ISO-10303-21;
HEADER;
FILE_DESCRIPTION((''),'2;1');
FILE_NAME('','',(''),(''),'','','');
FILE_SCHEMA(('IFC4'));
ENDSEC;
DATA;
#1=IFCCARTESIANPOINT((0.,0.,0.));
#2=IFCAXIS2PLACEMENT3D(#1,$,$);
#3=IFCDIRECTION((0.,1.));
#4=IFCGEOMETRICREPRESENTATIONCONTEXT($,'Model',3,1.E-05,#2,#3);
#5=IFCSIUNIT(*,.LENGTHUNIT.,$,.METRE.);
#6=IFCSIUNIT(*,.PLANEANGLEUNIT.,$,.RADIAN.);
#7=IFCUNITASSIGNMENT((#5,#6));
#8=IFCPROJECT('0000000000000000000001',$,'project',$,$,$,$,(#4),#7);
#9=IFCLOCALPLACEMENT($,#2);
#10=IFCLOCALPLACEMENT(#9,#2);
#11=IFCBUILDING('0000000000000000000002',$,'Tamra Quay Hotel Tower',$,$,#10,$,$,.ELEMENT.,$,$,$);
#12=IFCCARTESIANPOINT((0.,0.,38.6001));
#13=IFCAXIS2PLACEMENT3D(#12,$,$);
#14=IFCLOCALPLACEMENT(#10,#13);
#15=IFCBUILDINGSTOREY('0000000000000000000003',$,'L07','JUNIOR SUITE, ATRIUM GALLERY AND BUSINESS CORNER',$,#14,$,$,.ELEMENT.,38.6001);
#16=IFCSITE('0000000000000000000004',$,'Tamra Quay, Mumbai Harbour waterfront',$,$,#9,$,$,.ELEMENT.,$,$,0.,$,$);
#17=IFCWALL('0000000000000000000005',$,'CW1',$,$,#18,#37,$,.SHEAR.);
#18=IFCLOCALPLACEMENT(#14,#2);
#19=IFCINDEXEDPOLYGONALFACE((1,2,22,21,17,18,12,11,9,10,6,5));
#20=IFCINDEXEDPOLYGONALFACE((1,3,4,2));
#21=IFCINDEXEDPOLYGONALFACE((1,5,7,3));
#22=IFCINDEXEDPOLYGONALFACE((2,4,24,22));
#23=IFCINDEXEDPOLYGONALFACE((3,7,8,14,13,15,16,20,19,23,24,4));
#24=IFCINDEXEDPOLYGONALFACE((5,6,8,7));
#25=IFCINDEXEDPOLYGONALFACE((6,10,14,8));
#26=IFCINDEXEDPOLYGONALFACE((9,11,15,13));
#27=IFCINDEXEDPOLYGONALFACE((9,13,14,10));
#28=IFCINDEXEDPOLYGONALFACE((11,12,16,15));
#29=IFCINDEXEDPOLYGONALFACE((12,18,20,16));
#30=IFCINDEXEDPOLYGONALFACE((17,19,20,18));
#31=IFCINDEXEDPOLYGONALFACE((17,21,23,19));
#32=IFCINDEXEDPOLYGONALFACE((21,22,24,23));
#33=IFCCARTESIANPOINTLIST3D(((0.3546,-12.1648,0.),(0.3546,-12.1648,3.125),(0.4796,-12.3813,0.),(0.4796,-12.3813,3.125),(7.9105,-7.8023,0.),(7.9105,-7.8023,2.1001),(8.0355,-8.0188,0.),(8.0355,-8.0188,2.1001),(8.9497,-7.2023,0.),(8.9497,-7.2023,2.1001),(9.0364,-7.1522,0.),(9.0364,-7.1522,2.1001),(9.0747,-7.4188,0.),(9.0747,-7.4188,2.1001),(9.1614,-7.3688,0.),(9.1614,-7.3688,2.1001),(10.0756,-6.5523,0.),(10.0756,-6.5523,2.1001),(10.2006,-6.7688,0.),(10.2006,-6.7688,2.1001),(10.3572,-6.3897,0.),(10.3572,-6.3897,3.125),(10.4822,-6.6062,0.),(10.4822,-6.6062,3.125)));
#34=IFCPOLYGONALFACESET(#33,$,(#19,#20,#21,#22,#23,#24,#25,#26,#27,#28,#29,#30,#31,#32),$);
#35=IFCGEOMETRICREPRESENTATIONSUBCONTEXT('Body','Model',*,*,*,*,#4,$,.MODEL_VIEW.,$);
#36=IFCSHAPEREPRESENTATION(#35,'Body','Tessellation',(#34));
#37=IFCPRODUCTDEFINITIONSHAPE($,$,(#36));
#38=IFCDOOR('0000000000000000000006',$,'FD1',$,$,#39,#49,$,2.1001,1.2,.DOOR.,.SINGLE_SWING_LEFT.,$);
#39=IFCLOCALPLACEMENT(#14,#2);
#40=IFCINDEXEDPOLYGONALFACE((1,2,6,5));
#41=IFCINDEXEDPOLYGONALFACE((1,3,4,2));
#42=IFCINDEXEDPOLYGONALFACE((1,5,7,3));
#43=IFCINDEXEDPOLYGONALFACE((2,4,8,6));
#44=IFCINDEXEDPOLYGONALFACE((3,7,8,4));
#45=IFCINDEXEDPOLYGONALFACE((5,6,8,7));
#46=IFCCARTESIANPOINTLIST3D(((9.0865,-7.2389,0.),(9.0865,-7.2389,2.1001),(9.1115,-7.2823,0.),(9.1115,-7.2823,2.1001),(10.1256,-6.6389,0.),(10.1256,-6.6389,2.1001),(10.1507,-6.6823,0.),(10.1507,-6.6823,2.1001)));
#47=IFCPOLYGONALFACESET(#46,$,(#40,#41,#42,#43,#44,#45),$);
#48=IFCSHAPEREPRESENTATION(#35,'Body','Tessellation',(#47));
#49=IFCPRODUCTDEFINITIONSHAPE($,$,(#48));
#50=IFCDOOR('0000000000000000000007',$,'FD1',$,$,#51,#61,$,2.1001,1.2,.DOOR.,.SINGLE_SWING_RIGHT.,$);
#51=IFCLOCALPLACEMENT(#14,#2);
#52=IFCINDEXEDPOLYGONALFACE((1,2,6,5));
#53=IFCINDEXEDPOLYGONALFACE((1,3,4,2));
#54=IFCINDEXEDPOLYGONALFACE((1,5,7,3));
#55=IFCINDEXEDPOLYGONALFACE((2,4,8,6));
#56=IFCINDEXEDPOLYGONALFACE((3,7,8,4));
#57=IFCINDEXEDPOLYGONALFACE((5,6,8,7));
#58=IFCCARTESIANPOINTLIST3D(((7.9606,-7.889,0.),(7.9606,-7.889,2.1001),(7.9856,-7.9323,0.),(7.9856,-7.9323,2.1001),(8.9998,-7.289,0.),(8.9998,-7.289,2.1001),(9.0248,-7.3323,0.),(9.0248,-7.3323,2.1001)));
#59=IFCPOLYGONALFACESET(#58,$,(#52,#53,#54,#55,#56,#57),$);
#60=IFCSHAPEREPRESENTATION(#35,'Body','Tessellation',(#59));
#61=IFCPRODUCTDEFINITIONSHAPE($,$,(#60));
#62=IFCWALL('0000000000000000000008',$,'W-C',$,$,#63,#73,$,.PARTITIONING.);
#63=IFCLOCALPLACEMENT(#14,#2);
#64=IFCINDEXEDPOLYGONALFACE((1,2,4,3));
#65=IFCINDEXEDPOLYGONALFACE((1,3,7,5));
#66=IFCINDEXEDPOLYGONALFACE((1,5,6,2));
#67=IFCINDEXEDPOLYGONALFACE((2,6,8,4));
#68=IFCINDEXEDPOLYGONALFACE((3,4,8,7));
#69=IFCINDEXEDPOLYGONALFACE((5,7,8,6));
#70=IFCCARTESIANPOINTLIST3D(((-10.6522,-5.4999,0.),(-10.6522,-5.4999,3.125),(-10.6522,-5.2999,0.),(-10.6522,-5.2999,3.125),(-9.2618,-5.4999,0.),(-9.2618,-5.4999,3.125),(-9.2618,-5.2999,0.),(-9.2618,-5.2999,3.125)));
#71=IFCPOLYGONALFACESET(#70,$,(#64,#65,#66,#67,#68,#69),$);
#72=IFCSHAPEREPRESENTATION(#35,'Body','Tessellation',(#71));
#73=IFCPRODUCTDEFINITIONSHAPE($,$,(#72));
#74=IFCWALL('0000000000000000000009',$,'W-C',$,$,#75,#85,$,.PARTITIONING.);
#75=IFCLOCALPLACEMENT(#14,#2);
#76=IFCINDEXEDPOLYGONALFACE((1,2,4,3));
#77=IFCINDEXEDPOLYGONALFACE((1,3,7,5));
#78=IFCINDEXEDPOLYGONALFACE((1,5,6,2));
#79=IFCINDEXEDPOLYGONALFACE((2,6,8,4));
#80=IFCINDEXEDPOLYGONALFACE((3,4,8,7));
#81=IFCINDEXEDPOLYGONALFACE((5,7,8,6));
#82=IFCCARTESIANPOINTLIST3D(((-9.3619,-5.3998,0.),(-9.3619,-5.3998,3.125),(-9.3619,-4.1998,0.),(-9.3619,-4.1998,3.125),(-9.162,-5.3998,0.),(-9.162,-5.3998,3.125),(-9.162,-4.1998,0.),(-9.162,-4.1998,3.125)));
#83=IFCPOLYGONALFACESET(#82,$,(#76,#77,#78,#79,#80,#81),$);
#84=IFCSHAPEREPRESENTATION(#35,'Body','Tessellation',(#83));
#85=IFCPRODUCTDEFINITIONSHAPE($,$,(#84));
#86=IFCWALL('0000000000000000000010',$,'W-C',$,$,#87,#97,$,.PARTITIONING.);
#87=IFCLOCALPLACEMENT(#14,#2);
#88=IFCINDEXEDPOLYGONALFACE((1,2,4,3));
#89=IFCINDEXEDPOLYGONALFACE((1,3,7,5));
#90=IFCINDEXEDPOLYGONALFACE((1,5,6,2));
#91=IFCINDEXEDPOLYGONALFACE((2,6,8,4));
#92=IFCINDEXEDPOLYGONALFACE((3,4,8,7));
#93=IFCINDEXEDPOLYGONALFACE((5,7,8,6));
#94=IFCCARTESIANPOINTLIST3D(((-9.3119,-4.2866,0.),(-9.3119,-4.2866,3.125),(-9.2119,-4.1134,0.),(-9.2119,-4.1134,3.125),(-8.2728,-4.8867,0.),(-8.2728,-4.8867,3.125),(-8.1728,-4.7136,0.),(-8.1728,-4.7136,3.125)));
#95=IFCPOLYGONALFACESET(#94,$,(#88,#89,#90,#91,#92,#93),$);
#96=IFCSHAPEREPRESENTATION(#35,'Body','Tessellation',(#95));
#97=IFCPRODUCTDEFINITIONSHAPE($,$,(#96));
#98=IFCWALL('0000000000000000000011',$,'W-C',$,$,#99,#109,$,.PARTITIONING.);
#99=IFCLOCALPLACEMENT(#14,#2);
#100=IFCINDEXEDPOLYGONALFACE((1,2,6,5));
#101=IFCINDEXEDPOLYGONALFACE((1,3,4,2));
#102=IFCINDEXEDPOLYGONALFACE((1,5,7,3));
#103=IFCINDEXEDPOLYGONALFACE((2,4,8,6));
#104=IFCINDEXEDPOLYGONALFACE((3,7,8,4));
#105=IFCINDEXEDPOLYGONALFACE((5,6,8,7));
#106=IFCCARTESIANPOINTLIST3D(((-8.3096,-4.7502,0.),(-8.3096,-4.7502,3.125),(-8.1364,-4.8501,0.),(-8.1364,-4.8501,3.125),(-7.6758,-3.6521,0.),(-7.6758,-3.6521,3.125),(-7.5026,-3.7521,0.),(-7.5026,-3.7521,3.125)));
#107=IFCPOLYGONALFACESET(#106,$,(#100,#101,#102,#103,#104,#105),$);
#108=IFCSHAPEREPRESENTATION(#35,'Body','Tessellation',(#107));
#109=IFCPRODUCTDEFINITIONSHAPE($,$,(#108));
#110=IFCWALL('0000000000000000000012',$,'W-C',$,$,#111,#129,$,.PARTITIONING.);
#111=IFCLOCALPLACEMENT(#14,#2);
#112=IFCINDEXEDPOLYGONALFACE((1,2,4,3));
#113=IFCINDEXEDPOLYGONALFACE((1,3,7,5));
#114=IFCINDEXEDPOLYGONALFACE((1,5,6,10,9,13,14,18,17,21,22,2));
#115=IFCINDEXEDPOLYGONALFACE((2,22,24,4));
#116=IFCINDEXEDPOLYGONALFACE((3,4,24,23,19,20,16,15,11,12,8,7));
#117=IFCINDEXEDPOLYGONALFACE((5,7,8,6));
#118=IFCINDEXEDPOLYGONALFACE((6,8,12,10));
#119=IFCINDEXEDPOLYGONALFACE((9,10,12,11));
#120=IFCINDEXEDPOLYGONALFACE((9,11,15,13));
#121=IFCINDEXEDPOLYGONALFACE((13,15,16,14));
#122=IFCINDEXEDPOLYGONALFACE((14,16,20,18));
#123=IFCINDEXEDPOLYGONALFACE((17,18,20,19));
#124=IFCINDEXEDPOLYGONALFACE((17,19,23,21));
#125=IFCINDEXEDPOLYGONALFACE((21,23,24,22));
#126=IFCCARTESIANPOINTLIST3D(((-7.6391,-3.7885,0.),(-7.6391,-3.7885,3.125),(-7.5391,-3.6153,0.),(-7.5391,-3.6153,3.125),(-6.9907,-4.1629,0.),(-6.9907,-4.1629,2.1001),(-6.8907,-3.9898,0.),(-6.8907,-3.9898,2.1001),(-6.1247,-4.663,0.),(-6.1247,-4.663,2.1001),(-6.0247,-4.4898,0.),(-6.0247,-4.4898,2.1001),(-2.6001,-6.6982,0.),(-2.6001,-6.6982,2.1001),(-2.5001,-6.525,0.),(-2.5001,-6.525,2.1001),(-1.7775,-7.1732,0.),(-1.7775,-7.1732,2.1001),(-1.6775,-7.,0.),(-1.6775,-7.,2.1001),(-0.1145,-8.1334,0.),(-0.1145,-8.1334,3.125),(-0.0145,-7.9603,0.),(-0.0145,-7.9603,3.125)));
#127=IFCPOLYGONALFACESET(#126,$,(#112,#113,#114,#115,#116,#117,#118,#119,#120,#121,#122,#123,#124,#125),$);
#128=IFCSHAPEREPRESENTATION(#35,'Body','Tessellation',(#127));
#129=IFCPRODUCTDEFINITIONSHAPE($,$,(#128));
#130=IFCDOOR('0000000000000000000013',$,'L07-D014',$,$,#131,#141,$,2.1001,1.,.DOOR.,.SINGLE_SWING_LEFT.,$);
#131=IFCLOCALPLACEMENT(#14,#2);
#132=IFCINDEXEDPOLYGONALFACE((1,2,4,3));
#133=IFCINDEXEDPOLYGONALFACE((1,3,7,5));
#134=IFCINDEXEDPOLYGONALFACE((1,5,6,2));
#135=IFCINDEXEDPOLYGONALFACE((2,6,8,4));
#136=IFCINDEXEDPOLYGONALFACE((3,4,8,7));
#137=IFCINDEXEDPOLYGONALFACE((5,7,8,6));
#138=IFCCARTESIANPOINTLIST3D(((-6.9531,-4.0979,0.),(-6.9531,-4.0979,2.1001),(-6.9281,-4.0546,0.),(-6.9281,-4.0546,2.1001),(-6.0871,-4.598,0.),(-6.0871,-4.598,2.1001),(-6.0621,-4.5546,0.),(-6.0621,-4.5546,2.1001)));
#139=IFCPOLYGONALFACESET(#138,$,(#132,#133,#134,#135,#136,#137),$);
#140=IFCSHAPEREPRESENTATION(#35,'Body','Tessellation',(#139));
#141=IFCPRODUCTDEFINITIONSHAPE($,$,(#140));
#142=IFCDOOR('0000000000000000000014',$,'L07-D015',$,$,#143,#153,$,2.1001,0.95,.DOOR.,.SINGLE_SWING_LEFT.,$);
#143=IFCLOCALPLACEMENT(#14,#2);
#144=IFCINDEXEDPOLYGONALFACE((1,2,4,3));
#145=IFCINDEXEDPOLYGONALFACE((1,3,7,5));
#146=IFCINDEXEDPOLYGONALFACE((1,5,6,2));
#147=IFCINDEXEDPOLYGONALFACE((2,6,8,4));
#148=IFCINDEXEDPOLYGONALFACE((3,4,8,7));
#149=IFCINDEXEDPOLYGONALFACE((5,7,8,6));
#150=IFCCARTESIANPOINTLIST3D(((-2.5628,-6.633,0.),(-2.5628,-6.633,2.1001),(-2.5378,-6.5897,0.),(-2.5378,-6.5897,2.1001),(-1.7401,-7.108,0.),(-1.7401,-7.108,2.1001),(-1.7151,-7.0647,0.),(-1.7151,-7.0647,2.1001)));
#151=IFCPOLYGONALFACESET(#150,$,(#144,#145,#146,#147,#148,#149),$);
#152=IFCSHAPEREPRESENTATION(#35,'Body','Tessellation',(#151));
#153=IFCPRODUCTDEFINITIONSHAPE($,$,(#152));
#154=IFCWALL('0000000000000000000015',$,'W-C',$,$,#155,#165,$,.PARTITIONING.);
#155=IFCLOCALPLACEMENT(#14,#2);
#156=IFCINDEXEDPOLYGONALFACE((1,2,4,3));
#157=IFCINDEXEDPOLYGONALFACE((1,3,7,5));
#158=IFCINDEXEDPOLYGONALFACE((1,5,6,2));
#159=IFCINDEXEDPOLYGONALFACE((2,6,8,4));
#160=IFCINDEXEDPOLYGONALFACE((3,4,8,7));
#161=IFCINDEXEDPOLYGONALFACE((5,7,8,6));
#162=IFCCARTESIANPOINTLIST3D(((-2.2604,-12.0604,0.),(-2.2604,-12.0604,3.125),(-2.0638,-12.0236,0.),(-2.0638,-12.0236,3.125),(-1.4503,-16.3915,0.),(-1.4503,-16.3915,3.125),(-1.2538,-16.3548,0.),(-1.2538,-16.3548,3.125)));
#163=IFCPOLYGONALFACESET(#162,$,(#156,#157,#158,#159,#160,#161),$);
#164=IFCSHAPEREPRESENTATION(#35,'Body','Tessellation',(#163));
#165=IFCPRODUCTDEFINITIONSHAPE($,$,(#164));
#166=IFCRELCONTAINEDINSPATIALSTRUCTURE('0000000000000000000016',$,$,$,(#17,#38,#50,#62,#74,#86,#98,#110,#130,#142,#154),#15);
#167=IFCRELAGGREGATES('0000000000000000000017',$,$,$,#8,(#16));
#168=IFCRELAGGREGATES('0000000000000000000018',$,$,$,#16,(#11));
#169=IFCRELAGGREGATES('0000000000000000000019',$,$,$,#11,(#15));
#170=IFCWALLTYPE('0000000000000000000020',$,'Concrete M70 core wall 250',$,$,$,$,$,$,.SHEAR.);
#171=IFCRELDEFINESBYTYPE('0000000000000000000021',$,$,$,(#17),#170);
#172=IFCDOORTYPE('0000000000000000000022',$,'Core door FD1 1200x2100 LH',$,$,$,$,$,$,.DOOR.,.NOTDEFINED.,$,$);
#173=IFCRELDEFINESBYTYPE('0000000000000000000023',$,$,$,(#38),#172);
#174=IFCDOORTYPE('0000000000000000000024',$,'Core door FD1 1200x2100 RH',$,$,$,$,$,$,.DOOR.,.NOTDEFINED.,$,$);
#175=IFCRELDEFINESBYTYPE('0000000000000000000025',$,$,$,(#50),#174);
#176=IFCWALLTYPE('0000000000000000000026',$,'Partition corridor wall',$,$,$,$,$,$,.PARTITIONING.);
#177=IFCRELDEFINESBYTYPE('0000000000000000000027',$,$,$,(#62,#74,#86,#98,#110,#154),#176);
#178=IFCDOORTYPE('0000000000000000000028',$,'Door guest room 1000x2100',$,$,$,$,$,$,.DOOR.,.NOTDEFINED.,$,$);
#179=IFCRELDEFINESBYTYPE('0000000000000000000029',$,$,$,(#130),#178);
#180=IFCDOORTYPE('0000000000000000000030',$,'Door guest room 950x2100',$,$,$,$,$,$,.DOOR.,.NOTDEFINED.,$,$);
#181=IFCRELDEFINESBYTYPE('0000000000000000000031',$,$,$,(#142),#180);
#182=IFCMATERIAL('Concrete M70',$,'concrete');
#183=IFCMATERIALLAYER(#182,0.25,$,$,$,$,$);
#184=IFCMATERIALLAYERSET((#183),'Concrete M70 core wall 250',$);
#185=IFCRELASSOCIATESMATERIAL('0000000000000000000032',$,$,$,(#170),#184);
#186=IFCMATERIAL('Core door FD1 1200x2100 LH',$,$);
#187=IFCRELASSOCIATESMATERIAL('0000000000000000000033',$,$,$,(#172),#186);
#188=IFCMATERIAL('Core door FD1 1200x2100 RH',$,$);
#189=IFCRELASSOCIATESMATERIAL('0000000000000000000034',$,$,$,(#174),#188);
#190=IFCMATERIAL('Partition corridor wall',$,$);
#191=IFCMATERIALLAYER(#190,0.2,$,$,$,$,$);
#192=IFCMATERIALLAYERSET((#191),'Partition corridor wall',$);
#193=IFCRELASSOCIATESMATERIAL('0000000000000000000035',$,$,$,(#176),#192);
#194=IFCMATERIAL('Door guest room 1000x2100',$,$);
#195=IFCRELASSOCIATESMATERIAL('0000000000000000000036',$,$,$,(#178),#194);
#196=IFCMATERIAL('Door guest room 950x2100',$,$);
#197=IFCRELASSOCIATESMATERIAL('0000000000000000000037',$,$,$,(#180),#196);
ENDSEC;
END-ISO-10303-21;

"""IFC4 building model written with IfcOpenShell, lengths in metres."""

from ifc_helpers import new_model, si_unit, direction, frame, frame_2d, origin, place, context, subcontext, project, spatial, rectangle, extrude, material, layer, layer_set, type_object, element, fill, save


model = new_model("IFC4")

# Units and contexts
model_context = context("Model", 3, precision=1e-05, world=origin(), true_north=direction((0.0, 1.0)))
body_context = subcontext(model_context, "Body", "Model", "MODEL_VIEW")
ifc_project = project(units=[si_unit("LENGTHUNIT", "METRE"), si_unit("PLANEANGLEUNIT", "RADIAN")], contexts=[model_context])

# Site, building, storey
site_placement = place(None, origin())
site = spatial("IfcSite", under=ifc_project, at=site_placement, Name="Tamra Quay, Mumbai Harbour waterfront", CompositionType="ELEMENT", RefElevation=0.0)
building_placement = place(site_placement, origin())
building = spatial("IfcBuilding", under=site, at=building_placement, Name="Tamra Quay Hotel Tower", CompositionType="ELEMENT")
storey_placement = place(building_placement, frame((0.0, 0.0, 38.6001)))
storey = spatial("IfcBuildingStorey", under=building, at=storey_placement, Name="L07", Description="JUNIOR SUITE, ATRIUM GALLERY AND BUSINESS CORNER", CompositionType="ELEMENT", Elevation=38.6001)

# Shared definitions
ifc_material_1 = material(Name="Concrete M70", Category="concrete")

# Shared definitions
ifc_layer_1 = layer(ifc_material_1, 0.25)
ifc_layer_set_1 = layer_set([ifc_layer_1], Name="Concrete M70 core wall 250")
wall_type_1 = type_object("IfcWallType", Name="Concrete M70 core wall 250", PredefinedType="SHEAR", material=ifc_layer_set_1)

# Wall, openings, doors
wall_1_placement = place(storey_placement, frame((0.4172, -12.2729, 0.0), z_axis=(0.0, 0.0, 1.0), x_axis=(0.866022, 0.500006, 0.0)))
wall_1 = element("IfcWall", 1, at=wall_1_placement, inside=storey, type_object=wall_type_1, Name="CW1", PredefinedType="SHEAR", context=body_context, shape_type="SweptSolid", body=[
    extrude(rectangle(XDim=11.55, YDim=0.25, at=frame_2d((5.7749, 0.0))), origin(), (0.0, 0.0, 1.0), 3.125),
])
opening_1_placement = place(wall_1_placement, frame((10.0247, 0.0, 0.0)))
opening_1 = element("IfcOpeningElement", 2, at=opening_1_placement, cuts=wall_1, PredefinedType="OPENING", context=body_context, shape_type="SweptSolid", body=[
    extrude(rectangle(XDim=1.2, YDim=2.1001, at=frame_2d((0.6001, 1.05))), frame((0.0, 0.135, 0.0), z_axis=(0.0, -1.0, 0.0), x_axis=(1.0, 0.0, 0.0)), (0.0, 0.0, 1.0), 0.27),
])
opening_2_placement = place(wall_1_placement, frame((8.7246, 0.0, 0.0)))
opening_2 = element("IfcOpeningElement", 3, at=opening_2_placement, cuts=wall_1, PredefinedType="OPENING", context=body_context, shape_type="SweptSolid", body=[
    extrude(rectangle(XDim=1.2, YDim=2.1001, at=frame_2d((0.6001, 1.05))), frame((0.0, 0.135, 0.0), z_axis=(0.0, -1.0, 0.0), x_axis=(1.0, 0.0, 0.0)), (0.0, 0.0, 1.0), 0.27),
])
ifc_material_2 = material(Name="Core door FD1 1200x2100 LH")
door_type_1 = type_object("IfcDoorType", Name="Core door FD1 1200x2100 LH", OperationType="NOTDEFINED", PredefinedType="DOOR", material=ifc_material_2)
door_1_placement = place(opening_1_placement, origin())
door_1 = element("IfcDoor", 4, at=door_1_placement, inside=storey, type_object=door_type_1, Name="FD1", OperationType="SINGLE_SWING_LEFT", OverallHeight=2.1001, OverallWidth=1.2, PredefinedType="DOOR", context=body_context, shape_type="SweptSolid", body=[
    extrude(rectangle(XDim=1.2, YDim=2.1001, at=frame_2d((0.6001, 1.05))), frame((0.0, 0.0249, 0.0), z_axis=(0.0, -1.0, 0.0), x_axis=(1.0, 0.0, 0.0)), (0.0, 0.0, 1.0), 0.05),
])
fill(opening_1, door_1)
ifc_material_3 = material(Name="Core door FD1 1200x2100 RH")
door_type_2 = type_object("IfcDoorType", Name="Core door FD1 1200x2100 RH", OperationType="NOTDEFINED", PredefinedType="DOOR", material=ifc_material_3)
door_2_placement = place(opening_2_placement, origin())
door_2 = element("IfcDoor", 5, at=door_2_placement, inside=storey, type_object=door_type_2, Name="FD1", OperationType="SINGLE_SWING_RIGHT", OverallHeight=2.1001, OverallWidth=1.2, PredefinedType="DOOR", context=body_context, shape_type="SweptSolid", body=[
    extrude(rectangle(XDim=1.2, YDim=2.1001, at=frame_2d((0.6001, 1.05))), frame((0.0, 0.0249, 0.0), z_axis=(0.0, -1.0, 0.0), x_axis=(1.0, 0.0, 0.0)), (0.0, 0.0, 1.0), 0.05),
])
fill(opening_2, door_2)

# Walls
ifc_material_4 = material(Name="Partition corridor wall")
ifc_layer_2 = layer(ifc_material_4, 0.2)
ifc_layer_set_2 = layer_set([ifc_layer_2], Name="Partition corridor wall")
wall_type_2 = type_object("IfcWallType", Name="Partition corridor wall", PredefinedType="PARTITIONING", material=ifc_layer_set_2)
wall_2_placement = place(storey_placement, frame((-10.6523, -5.3999, 0.0), z_axis=(0.0, 0.0, 1.0), x_axis=(1.0, 0.0, 0.0)))
element("IfcWall", 6, at=wall_2_placement, inside=storey, type_object=wall_type_2, Name="W-C", PredefinedType="PARTITIONING", context=body_context, shape_type="SweptSolid", body=[
    extrude(rectangle(XDim=1.3904, YDim=0.2, at=frame_2d((0.6953, 0.0))), origin(), (0.0, 0.0, 1.0), 3.125),
])
for number, where, z_axis, x_axis, name in (
    (7, (-9.262, -5.3999, 0.0), (0.0, 0.0, 1.0), (0.0, 1.0, 0.0), "W-C"),
    (8, (-9.262, -4.2, 0.0), (0.0, 0.0, 1.0), (0.865955, -0.500122, 0.0), "W-C"),
):
    element("IfcWall", number, at=place(storey_placement, frame(where, z_axis=z_axis, x_axis=x_axis)), inside=storey, type_object=wall_type_2, Name=name, PredefinedType="PARTITIONING", context=body_context, shape_type="SweptSolid", body=[
        extrude(rectangle(XDim=1.2, YDim=0.2, at=frame_2d((0.6001, 0.0))), origin(), (0.0, 0.0, 1.0), 3.125),
    ])
wall_3_placement = place(storey_placement, frame((-8.2229, -4.8, 0.0), z_axis=(0.0, 0.0, 1.0), x_axis=(0.499867, 0.866102, 0.0)))
element("IfcWall", 9, at=wall_3_placement, inside=storey, type_object=wall_type_2, Name="W-C", PredefinedType="PARTITIONING", context=body_context, shape_type="SweptSolid", body=[
    extrude(rectangle(XDim=1.2678, YDim=0.2, at=frame_2d((0.6338, 0.0))), origin(), (0.0, 0.0, 1.0), 3.125),
])

# Wall, openings, doors
wall_4_placement = place(storey_placement, frame((-7.5891, -3.7019, 0.0), z_axis=(0.0, 0.0, 1.0), x_axis=(0.865995, -0.500052, 0.0)))
wall_4 = element("IfcWall", 10, at=wall_4_placement, inside=storey, type_object=wall_type_2, Name="W-C", PredefinedType="PARTITIONING", context=body_context, shape_type="SweptSolid", body=[
    extrude(rectangle(XDim=8.689, YDim=0.2, at=frame_2d((4.3445, 0.0))), origin(), (0.0, 0.0, 1.0), 3.125),
])
opening_3_placement = place(wall_4_placement, frame((0.7488, 0.0, 0.0)))
opening_3 = element("IfcOpeningElement", 11, at=opening_3_placement, cuts=wall_4, PredefinedType="OPENING", context=body_context, shape_type="SweptSolid", body=[
    extrude(rectangle(XDim=1.0, YDim=2.1001, at=frame_2d((0.5, 1.05))), frame((0.0, 0.1099, 0.0), z_axis=(0.0, -1.0, 0.0), x_axis=(1.0, 0.0, 0.0)), (0.0, 0.0, 1.0), 0.22),
])
opening_4_placement = place(wall_4_placement, frame((5.8186, 0.0, 0.0)))
opening_4 = element("IfcOpeningElement", 12, at=opening_4_placement, cuts=wall_4, PredefinedType="OPENING", context=body_context, shape_type="SweptSolid", body=[
    extrude(rectangle(XDim=0.95, YDim=2.1001, at=frame_2d((0.4751, 1.05))), frame((0.0, 0.1099, 0.0), z_axis=(0.0, -1.0, 0.0), x_axis=(1.0, 0.0, 0.0)), (0.0, 0.0, 1.0), 0.22),
])
ifc_material_5 = material(Name="Door guest room 1000x2100")
door_type_3 = type_object("IfcDoorType", Name="Door guest room 1000x2100", OperationType="NOTDEFINED", PredefinedType="DOOR", material=ifc_material_5)
door_3_placement = place(opening_3_placement, frame((1.0, 0.0, 0.0), z_axis=(0.0, 0.0, 1.0), x_axis=(-1.0, 0.0, 0.0)))
door_3 = element("IfcDoor", 13, at=door_3_placement, inside=storey, type_object=door_type_3, Name="L07-D014", OperationType="SINGLE_SWING_LEFT", OverallHeight=2.1001, OverallWidth=1.0, PredefinedType="DOOR", context=body_context, shape_type="SweptSolid", body=[
    extrude(rectangle(XDim=1.0, YDim=2.1001, at=frame_2d((0.5, 1.05))), frame((0.0, 0.0249, 0.0), z_axis=(0.0, -1.0, 0.0), x_axis=(1.0, 0.0, 0.0)), (0.0, 0.0, 1.0), 0.05),
])
fill(opening_3, door_3)
ifc_material_6 = material(Name="Door guest room 950x2100")
door_type_4 = type_object("IfcDoorType", Name="Door guest room 950x2100", OperationType="NOTDEFINED", PredefinedType="DOOR", material=ifc_material_6)
door_4_placement = place(opening_4_placement, frame((0.95, 0.0, 0.0), z_axis=(0.0, 0.0, 1.0), x_axis=(-1.0, 0.0, 0.0)))
door_4 = element("IfcDoor", 14, at=door_4_placement, inside=storey, type_object=door_type_4, Name="L07-D015", OperationType="SINGLE_SWING_LEFT", OverallHeight=2.1001, OverallWidth=0.95, PredefinedType="DOOR", context=body_context, shape_type="SweptSolid", body=[
    extrude(rectangle(XDim=0.95, YDim=2.1001, at=frame_2d((0.4751, 1.05))), frame((0.0, 0.0249, 0.0), z_axis=(0.0, -1.0, 0.0), x_axis=(1.0, 0.0, 0.0)), (0.0, 0.0, 1.0), 0.05),
])
fill(opening_4, door_4)

# Wall
wall_5_placement = place(storey_placement, frame((-2.1621, -12.042, 0.0), z_axis=(0.0, 0.0, 1.0), x_axis=(0.183847, -0.982955, 0.0)))
element("IfcWall", 15, at=wall_5_placement, inside=storey, type_object=wall_type_2, Name="W-C", PredefinedType="PARTITIONING", context=body_context, shape_type="SweptSolid", body=[
    extrude(rectangle(XDim=4.4062, YDim=0.2, at=frame_2d((2.2031, 0.0))), origin(), (0.0, 0.0, 1.0), 3.125),
])

save(model, "model.ifc")
